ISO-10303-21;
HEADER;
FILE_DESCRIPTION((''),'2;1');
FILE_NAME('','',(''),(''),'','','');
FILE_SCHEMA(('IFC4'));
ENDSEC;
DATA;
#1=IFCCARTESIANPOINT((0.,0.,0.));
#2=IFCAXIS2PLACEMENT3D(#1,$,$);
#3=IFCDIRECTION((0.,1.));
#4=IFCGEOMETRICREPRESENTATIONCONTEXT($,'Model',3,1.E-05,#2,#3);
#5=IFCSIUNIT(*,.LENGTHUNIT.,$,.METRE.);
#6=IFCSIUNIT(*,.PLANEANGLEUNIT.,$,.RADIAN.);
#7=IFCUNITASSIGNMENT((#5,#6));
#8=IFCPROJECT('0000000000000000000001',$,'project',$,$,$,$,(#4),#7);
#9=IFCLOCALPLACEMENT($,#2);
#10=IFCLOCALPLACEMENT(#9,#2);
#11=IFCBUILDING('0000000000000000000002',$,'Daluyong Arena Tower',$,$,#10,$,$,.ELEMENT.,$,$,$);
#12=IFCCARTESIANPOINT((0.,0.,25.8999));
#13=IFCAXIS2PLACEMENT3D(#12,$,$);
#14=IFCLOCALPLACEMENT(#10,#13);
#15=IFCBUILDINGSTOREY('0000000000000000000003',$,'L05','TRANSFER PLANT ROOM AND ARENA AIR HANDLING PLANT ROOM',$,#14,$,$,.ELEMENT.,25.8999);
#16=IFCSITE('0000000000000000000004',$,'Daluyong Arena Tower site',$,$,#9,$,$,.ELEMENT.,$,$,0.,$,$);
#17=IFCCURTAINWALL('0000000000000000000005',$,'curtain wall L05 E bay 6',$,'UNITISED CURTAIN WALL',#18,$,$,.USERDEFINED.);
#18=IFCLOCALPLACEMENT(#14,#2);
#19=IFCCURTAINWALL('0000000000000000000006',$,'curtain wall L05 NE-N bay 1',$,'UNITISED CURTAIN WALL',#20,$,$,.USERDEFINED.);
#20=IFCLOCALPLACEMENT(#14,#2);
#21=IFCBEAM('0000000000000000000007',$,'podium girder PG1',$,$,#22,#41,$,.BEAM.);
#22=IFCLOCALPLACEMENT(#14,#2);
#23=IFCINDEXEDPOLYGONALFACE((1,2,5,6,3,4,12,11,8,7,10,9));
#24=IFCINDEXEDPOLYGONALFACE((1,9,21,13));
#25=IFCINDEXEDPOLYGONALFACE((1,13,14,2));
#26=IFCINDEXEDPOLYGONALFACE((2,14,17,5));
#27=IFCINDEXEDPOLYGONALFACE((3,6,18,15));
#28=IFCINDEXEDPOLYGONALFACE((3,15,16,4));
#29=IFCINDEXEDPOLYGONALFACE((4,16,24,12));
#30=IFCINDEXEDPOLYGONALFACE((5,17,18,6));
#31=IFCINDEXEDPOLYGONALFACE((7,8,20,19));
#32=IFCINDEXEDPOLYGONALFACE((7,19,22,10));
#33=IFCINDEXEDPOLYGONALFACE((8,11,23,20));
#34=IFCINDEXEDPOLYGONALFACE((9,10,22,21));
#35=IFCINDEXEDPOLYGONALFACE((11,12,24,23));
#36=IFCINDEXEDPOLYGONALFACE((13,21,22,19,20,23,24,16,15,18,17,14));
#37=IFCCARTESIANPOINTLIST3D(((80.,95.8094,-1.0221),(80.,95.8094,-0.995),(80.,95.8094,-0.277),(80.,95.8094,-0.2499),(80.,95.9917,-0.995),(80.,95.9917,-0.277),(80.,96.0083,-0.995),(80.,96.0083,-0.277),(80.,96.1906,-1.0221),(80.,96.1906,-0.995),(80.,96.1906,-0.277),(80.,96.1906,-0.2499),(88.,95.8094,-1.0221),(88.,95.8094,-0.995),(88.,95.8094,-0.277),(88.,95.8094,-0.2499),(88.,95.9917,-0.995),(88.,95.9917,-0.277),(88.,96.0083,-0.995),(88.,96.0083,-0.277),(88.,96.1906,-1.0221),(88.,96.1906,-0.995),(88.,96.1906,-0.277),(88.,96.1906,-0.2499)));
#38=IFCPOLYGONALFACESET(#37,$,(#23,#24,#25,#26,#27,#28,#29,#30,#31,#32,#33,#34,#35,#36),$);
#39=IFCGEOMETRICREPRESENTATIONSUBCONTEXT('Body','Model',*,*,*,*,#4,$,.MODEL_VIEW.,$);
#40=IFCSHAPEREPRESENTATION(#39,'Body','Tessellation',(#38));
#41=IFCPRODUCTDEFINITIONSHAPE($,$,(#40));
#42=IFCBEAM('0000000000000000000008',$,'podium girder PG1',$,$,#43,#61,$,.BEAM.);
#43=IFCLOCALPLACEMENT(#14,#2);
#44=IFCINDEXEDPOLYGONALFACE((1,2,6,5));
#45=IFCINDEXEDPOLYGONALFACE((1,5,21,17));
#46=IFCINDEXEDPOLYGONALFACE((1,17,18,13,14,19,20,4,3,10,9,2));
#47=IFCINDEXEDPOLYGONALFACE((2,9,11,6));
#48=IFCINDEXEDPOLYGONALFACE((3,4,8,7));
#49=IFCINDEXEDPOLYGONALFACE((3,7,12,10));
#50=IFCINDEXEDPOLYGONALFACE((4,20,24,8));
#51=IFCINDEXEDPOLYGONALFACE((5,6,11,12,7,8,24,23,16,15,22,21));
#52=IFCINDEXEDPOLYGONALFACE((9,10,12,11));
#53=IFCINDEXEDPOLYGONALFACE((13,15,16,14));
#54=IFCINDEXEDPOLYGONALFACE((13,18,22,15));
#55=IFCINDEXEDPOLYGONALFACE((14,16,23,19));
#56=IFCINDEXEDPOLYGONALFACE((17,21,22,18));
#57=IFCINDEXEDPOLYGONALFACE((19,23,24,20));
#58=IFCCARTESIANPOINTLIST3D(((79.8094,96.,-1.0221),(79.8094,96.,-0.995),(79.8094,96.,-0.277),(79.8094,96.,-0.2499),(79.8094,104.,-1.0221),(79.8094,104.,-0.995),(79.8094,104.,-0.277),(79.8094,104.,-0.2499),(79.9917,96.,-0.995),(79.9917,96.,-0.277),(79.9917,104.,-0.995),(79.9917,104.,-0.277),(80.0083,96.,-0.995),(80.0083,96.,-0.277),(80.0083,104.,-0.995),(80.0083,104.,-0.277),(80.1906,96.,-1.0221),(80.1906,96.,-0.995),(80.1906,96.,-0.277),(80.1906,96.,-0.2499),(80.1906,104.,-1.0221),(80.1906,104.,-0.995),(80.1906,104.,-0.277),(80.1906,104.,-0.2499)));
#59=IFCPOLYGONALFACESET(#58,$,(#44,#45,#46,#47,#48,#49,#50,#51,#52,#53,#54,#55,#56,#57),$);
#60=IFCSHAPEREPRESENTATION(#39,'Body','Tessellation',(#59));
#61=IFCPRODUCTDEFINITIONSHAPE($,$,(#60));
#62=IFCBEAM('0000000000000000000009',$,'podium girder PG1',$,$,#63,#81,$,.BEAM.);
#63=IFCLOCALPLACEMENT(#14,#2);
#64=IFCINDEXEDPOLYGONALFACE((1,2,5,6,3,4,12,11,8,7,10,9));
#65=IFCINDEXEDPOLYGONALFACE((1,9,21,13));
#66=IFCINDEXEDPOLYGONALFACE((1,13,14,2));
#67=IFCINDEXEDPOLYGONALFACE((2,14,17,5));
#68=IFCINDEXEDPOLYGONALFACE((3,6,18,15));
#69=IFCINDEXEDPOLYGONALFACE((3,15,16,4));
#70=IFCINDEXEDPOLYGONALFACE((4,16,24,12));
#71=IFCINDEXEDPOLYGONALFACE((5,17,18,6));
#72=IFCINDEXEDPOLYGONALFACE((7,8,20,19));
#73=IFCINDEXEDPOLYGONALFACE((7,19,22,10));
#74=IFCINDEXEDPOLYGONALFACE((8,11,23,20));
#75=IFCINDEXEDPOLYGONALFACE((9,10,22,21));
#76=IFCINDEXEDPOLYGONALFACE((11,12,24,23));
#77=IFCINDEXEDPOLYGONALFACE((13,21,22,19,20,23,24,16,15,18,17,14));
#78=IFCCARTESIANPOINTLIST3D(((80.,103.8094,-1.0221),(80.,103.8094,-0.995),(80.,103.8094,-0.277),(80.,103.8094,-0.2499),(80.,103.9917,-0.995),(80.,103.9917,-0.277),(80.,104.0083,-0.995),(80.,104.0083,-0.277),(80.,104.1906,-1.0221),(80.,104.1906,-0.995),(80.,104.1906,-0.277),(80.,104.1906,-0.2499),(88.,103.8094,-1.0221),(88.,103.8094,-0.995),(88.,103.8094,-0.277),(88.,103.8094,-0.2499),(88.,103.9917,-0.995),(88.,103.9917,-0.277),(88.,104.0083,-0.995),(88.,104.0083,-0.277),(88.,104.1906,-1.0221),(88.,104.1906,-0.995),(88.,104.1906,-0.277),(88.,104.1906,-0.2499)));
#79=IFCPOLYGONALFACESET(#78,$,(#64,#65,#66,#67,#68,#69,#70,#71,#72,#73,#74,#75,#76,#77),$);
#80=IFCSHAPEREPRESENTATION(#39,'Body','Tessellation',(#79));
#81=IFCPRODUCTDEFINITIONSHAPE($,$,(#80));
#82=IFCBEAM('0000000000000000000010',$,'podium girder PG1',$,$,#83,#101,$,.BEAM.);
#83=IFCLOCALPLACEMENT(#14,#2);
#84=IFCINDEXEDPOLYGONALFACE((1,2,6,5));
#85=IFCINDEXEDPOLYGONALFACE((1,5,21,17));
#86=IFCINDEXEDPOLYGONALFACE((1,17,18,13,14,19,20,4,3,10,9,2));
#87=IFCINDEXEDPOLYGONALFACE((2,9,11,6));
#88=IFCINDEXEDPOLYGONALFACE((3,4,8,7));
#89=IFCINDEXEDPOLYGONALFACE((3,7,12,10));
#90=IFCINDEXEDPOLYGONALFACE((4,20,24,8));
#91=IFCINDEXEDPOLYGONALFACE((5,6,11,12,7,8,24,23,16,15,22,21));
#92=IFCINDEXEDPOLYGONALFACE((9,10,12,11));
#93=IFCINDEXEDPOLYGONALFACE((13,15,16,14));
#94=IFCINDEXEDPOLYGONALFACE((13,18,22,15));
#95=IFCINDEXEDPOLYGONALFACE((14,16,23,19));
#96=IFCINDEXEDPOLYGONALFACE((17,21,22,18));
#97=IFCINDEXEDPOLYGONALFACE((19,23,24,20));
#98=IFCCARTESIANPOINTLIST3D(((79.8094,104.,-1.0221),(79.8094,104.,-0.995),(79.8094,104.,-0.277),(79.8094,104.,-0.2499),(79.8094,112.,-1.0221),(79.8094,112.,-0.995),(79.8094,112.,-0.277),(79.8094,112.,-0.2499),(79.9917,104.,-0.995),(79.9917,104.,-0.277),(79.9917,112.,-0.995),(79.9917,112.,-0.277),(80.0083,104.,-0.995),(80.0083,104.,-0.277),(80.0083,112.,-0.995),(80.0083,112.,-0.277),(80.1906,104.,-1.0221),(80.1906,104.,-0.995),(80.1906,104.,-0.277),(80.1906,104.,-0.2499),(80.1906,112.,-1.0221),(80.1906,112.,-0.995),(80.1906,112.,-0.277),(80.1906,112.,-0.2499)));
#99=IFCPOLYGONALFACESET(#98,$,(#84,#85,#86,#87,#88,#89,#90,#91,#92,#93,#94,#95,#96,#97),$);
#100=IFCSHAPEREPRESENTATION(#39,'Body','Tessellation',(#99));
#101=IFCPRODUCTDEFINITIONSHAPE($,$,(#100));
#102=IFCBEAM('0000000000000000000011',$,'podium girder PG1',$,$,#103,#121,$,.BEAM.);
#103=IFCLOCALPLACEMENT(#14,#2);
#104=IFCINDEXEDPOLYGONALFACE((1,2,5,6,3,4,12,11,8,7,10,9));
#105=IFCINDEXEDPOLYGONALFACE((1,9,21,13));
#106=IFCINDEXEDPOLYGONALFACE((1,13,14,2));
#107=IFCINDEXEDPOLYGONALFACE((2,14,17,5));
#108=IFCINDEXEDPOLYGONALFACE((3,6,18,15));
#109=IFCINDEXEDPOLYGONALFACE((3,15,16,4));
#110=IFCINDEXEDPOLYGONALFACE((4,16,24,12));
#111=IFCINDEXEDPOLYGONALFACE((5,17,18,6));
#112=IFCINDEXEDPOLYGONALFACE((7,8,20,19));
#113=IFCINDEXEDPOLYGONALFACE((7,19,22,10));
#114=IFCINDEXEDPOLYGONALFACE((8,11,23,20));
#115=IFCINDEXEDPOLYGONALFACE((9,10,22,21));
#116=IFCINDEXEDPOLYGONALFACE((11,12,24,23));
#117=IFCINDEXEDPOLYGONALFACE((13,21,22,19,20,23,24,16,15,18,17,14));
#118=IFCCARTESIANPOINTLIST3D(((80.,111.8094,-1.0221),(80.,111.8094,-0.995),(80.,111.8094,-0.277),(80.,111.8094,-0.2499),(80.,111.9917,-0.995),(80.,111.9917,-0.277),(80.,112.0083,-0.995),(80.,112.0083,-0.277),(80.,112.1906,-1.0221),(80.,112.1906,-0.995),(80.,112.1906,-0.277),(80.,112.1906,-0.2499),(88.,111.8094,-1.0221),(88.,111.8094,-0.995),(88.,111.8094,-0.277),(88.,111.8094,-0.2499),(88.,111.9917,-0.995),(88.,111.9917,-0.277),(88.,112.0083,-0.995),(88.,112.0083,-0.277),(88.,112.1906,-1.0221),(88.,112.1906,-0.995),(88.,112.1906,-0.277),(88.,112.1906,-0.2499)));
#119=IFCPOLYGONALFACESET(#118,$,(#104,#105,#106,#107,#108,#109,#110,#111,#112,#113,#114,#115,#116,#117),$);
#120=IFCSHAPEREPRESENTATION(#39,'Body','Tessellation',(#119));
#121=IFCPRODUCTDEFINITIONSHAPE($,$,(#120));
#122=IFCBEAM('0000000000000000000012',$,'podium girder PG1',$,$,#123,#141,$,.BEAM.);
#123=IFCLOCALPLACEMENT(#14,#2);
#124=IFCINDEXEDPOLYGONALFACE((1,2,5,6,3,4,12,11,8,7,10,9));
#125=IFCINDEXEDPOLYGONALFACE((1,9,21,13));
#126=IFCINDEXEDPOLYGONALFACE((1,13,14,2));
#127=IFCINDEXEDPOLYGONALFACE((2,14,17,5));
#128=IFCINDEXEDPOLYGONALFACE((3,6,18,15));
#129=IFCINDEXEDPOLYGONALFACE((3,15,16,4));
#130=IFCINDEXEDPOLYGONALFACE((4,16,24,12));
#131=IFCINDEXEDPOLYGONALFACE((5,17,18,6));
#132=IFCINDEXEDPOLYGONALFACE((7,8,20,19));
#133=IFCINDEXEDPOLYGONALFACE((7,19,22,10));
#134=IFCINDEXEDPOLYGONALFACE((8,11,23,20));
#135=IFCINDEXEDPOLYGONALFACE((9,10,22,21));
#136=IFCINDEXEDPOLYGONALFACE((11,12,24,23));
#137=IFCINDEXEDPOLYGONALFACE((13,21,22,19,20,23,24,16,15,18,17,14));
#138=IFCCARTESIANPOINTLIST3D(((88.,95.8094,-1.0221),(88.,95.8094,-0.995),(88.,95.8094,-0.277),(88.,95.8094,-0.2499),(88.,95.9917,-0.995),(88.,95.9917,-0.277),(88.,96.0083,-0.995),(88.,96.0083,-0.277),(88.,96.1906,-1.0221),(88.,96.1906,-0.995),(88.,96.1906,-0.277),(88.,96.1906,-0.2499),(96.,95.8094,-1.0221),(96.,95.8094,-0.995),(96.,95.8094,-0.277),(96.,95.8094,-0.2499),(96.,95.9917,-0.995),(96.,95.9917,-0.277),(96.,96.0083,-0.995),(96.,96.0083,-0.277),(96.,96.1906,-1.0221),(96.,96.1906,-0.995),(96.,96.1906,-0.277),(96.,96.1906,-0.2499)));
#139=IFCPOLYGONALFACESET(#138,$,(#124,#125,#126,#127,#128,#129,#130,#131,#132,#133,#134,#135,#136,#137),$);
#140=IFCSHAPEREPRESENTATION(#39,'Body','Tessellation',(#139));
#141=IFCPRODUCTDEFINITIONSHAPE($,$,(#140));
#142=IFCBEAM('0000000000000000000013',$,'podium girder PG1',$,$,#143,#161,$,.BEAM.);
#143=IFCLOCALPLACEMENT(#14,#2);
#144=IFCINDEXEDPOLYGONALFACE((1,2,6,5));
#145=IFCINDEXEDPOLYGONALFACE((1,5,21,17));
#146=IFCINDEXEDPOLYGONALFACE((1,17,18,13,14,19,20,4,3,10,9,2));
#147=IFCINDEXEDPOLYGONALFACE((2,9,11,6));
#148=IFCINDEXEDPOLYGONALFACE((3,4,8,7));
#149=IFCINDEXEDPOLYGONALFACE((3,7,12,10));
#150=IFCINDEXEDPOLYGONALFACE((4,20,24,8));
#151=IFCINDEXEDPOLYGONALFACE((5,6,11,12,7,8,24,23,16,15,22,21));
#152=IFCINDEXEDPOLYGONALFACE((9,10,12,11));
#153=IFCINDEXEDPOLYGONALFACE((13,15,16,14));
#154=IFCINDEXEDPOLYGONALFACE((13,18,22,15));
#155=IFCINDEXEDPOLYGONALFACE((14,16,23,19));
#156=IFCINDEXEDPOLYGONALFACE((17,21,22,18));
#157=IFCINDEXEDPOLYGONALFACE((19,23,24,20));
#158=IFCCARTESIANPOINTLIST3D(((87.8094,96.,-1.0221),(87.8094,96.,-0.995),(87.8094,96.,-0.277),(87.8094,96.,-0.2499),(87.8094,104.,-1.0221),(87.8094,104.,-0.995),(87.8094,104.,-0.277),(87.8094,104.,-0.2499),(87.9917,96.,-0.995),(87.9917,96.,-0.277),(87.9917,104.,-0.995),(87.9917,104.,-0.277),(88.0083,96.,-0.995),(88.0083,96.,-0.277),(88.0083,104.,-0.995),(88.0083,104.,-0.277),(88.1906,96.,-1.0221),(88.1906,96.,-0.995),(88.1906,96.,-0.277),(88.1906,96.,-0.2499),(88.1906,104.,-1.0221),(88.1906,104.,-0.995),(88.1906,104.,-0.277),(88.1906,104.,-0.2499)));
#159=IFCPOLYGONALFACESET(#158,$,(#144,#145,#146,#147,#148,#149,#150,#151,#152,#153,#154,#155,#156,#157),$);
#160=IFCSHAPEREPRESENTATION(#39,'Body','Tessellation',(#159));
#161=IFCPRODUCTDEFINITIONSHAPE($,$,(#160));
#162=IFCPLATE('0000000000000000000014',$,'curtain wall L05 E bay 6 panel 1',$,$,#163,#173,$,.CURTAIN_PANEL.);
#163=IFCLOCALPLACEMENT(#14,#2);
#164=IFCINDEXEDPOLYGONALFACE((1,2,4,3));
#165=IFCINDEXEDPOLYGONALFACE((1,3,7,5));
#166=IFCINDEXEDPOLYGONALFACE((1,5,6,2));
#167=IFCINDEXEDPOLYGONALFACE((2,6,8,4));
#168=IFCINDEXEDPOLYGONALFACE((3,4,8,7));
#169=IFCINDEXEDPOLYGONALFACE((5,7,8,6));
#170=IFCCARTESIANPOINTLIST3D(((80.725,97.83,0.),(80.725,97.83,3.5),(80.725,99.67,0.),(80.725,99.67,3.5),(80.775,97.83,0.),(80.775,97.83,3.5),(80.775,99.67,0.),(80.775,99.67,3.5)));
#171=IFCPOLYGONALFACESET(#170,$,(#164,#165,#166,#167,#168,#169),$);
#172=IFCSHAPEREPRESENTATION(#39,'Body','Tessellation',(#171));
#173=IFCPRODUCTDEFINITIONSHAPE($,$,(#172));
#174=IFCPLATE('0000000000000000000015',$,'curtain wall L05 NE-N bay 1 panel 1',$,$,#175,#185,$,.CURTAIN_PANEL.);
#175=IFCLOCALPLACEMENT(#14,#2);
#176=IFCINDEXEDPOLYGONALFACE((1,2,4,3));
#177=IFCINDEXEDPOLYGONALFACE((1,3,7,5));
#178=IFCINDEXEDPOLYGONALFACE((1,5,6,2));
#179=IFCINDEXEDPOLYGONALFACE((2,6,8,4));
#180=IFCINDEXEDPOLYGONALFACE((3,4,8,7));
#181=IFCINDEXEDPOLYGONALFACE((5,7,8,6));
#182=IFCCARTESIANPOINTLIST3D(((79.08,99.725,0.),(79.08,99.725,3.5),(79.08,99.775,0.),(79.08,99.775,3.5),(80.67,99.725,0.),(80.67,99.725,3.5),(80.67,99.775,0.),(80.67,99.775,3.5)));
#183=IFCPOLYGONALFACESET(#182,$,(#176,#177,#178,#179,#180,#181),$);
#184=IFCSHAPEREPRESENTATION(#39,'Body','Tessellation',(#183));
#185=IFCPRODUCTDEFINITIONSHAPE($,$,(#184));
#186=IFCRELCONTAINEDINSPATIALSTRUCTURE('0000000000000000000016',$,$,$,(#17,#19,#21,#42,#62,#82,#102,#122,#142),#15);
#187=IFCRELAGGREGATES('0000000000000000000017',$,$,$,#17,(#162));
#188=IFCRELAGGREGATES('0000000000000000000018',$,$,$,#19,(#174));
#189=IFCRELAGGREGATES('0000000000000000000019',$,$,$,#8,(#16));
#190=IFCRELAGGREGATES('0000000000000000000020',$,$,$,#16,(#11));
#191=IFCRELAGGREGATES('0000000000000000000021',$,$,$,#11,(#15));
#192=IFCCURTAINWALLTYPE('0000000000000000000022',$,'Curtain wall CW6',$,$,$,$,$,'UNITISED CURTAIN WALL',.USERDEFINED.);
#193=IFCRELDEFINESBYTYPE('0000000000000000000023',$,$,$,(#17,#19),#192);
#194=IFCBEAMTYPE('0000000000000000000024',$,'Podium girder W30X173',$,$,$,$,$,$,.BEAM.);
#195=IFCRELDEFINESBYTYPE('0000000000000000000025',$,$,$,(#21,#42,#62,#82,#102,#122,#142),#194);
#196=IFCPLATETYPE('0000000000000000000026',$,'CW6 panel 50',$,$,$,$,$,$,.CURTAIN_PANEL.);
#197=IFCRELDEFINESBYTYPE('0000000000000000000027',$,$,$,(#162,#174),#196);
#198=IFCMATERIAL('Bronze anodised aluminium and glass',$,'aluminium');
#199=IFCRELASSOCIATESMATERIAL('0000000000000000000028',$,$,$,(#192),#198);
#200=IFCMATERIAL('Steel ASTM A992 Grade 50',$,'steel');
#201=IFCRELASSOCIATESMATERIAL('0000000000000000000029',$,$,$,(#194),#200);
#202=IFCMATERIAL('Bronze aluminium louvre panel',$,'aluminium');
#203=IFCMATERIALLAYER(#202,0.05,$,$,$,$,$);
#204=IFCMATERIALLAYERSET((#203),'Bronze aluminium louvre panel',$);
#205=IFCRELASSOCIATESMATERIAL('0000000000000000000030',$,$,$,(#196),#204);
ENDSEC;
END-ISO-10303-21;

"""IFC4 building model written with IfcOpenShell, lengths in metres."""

from ifc_helpers import new_model, si_unit, direction, frame, origin, origin_2d, place, context, subcontext, project, spatial, rectangle, i_section, extrude, material, layer, layer_set, material_profile, profile_set, type_object, element, aggregate, save


model = new_model("IFC4")

# Units and contexts
model_context = context("Model", 3, precision=1e-05, world=origin(), true_north=direction((0.0, 1.0)))
body_context = subcontext(model_context, "Body", "Model", "MODEL_VIEW")
ifc_project = project(units=[si_unit("LENGTHUNIT", "METRE"), si_unit("PLANEANGLEUNIT", "RADIAN")], contexts=[model_context])

# Site, building, storey
site_placement = place(None, origin())
site = spatial("IfcSite", under=ifc_project, at=site_placement, Name="Daluyong Arena Tower site", CompositionType="ELEMENT", RefElevation=0.0)
building_placement = place(site_placement, origin())
building = spatial("IfcBuilding", under=site, at=building_placement, Name="Daluyong Arena Tower", CompositionType="ELEMENT")
storey_placement = place(building_placement, frame((0.0, 0.0, 25.8999)))
storey = spatial("IfcBuildingStorey", under=building, at=storey_placement, Name="L05", Description="TRANSFER PLANT ROOM AND ARENA AIR HANDLING PLANT ROOM", CompositionType="ELEMENT", Elevation=25.8999)

# Curtain walls
ifc_material_1 = material(Name="Bronze anodised aluminium and glass", Category="aluminium")
curtain_wall_type = type_object("IfcCurtainWallType", Name="Curtain wall CW6", ElementType="UNITISED CURTAIN WALL", PredefinedType="USERDEFINED", material=ifc_material_1)
curtain_wall_1_placement = place(storey_placement, origin())
curtain_wall_1 = element("IfcCurtainWall", 1, at=curtain_wall_1_placement, inside=storey, type_object=curtain_wall_type, Name="curtain wall L05 E bay 6", ObjectType="UNITISED CURTAIN WALL", PredefinedType="USERDEFINED")
curtain_wall_2_placement = place(storey_placement, origin())
curtain_wall_2 = element("IfcCurtainWall", 2, at=curtain_wall_2_placement, inside=storey, type_object=curtain_wall_type, Name="curtain wall L05 NE-N bay 1", ObjectType="UNITISED CURTAIN WALL", PredefinedType="USERDEFINED")

# Beams
ifc_material_2 = material(Name="Steel ASTM A992 Grade 50", Category="steel")
ifc_material_profile_1 = material_profile(ifc_material_2, i_section(OverallWidth=0.3811, OverallDepth=0.7722, WebThickness=0.0166, FlangeThickness=0.0271, at=origin_2d()))
ifc_profile_set_1 = profile_set([ifc_material_profile_1], Name="Steel ASTM A992 Grade 50")
beam_type_1 = type_object("IfcBeamType", Name="Podium girder W30X173", PredefinedType="BEAM", material=ifc_profile_set_1)
for number, where, z_axis, x_axis, name in (
    (3, (80.0, 96.0, -0.636), (1.0, 0.0, 0.0), (0.0, 1.0, 0.0), "podium girder PG1"),
    (4, (80.0, 96.0, -0.636), (0.0, 1.0, 0.0), (-1.0, 0.0, 0.0), "podium girder PG1"),
    (5, (80.0, 104.0, -0.636), (1.0, 0.0, 0.0), (0.0, 1.0, 0.0), "podium girder PG1"),
    (6, (80.0, 104.0, -0.636), (0.0, 1.0, 0.0), (-1.0, 0.0, 0.0), "podium girder PG1"),
    (7, (80.0, 112.0, -0.636), (1.0, 0.0, 0.0), (0.0, 1.0, 0.0), "podium girder PG1"),
    (8, (88.0, 96.0, -0.636), (1.0, 0.0, 0.0), (0.0, 1.0, 0.0), "podium girder PG1"),
    (9, (88.0, 96.0, -0.636), (0.0, 1.0, 0.0), (-1.0, 0.0, 0.0), "podium girder PG1"),
):
    element("IfcBeam", number, at=place(storey_placement, frame(where, z_axis=z_axis, x_axis=x_axis)), inside=storey, type_object=beam_type_1, Name=name, PredefinedType="BEAM", context=body_context, shape_type="SweptSolid", body=[
        extrude(i_section(OverallWidth=0.3811, OverallDepth=0.7722, WebThickness=0.0166, FlangeThickness=0.0271, at=origin_2d()), origin(), (0.0, 0.0, 1.0), 8.0),
    ])

# Plates
ifc_material_3 = material(Name="Bronze aluminium louvre panel", Category="aluminium")
ifc_layer = layer(ifc_material_3, 0.05)
ifc_layer_set = layer_set([ifc_layer], Name="Bronze aluminium louvre panel")
plate_type = type_object("IfcPlateType", Name="CW6 panel 50", PredefinedType="CURTAIN_PANEL", material=ifc_layer_set)
plate_1_placement = place(storey_placement, frame((80.75, 98.75, 0.0), z_axis=(0.0, 0.0, 1.0), x_axis=(0.0, 1.0, 0.0)))
plate_1 = element("IfcPlate", 10, at=plate_1_placement, type_object=plate_type, Name="curtain wall L05 E bay 6 panel 1", PredefinedType="CURTAIN_PANEL", context=body_context, shape_type="SweptSolid", body=[
    extrude(rectangle(XDim=1.8401, YDim=0.05, at=origin_2d()), origin(), (0.0, 0.0, 1.0), 3.5),
])
aggregate(curtain_wall_1, [plate_1])
plate_2_placement = place(storey_placement, frame((79.875, 99.75, 0.0), z_axis=(0.0, 0.0, 1.0), x_axis=(-1.0, 0.0, 0.0)))
plate_2 = element("IfcPlate", 11, at=plate_2_placement, type_object=plate_type, Name="curtain wall L05 NE-N bay 1 panel 1", PredefinedType="CURTAIN_PANEL", context=body_context, shape_type="SweptSolid", body=[
    extrude(rectangle(XDim=1.5901, YDim=0.05, at=origin_2d()), origin(), (0.0, 0.0, 1.0), 3.5),
])
aggregate(curtain_wall_2, [plate_2])

save(model, "model.ifc")
